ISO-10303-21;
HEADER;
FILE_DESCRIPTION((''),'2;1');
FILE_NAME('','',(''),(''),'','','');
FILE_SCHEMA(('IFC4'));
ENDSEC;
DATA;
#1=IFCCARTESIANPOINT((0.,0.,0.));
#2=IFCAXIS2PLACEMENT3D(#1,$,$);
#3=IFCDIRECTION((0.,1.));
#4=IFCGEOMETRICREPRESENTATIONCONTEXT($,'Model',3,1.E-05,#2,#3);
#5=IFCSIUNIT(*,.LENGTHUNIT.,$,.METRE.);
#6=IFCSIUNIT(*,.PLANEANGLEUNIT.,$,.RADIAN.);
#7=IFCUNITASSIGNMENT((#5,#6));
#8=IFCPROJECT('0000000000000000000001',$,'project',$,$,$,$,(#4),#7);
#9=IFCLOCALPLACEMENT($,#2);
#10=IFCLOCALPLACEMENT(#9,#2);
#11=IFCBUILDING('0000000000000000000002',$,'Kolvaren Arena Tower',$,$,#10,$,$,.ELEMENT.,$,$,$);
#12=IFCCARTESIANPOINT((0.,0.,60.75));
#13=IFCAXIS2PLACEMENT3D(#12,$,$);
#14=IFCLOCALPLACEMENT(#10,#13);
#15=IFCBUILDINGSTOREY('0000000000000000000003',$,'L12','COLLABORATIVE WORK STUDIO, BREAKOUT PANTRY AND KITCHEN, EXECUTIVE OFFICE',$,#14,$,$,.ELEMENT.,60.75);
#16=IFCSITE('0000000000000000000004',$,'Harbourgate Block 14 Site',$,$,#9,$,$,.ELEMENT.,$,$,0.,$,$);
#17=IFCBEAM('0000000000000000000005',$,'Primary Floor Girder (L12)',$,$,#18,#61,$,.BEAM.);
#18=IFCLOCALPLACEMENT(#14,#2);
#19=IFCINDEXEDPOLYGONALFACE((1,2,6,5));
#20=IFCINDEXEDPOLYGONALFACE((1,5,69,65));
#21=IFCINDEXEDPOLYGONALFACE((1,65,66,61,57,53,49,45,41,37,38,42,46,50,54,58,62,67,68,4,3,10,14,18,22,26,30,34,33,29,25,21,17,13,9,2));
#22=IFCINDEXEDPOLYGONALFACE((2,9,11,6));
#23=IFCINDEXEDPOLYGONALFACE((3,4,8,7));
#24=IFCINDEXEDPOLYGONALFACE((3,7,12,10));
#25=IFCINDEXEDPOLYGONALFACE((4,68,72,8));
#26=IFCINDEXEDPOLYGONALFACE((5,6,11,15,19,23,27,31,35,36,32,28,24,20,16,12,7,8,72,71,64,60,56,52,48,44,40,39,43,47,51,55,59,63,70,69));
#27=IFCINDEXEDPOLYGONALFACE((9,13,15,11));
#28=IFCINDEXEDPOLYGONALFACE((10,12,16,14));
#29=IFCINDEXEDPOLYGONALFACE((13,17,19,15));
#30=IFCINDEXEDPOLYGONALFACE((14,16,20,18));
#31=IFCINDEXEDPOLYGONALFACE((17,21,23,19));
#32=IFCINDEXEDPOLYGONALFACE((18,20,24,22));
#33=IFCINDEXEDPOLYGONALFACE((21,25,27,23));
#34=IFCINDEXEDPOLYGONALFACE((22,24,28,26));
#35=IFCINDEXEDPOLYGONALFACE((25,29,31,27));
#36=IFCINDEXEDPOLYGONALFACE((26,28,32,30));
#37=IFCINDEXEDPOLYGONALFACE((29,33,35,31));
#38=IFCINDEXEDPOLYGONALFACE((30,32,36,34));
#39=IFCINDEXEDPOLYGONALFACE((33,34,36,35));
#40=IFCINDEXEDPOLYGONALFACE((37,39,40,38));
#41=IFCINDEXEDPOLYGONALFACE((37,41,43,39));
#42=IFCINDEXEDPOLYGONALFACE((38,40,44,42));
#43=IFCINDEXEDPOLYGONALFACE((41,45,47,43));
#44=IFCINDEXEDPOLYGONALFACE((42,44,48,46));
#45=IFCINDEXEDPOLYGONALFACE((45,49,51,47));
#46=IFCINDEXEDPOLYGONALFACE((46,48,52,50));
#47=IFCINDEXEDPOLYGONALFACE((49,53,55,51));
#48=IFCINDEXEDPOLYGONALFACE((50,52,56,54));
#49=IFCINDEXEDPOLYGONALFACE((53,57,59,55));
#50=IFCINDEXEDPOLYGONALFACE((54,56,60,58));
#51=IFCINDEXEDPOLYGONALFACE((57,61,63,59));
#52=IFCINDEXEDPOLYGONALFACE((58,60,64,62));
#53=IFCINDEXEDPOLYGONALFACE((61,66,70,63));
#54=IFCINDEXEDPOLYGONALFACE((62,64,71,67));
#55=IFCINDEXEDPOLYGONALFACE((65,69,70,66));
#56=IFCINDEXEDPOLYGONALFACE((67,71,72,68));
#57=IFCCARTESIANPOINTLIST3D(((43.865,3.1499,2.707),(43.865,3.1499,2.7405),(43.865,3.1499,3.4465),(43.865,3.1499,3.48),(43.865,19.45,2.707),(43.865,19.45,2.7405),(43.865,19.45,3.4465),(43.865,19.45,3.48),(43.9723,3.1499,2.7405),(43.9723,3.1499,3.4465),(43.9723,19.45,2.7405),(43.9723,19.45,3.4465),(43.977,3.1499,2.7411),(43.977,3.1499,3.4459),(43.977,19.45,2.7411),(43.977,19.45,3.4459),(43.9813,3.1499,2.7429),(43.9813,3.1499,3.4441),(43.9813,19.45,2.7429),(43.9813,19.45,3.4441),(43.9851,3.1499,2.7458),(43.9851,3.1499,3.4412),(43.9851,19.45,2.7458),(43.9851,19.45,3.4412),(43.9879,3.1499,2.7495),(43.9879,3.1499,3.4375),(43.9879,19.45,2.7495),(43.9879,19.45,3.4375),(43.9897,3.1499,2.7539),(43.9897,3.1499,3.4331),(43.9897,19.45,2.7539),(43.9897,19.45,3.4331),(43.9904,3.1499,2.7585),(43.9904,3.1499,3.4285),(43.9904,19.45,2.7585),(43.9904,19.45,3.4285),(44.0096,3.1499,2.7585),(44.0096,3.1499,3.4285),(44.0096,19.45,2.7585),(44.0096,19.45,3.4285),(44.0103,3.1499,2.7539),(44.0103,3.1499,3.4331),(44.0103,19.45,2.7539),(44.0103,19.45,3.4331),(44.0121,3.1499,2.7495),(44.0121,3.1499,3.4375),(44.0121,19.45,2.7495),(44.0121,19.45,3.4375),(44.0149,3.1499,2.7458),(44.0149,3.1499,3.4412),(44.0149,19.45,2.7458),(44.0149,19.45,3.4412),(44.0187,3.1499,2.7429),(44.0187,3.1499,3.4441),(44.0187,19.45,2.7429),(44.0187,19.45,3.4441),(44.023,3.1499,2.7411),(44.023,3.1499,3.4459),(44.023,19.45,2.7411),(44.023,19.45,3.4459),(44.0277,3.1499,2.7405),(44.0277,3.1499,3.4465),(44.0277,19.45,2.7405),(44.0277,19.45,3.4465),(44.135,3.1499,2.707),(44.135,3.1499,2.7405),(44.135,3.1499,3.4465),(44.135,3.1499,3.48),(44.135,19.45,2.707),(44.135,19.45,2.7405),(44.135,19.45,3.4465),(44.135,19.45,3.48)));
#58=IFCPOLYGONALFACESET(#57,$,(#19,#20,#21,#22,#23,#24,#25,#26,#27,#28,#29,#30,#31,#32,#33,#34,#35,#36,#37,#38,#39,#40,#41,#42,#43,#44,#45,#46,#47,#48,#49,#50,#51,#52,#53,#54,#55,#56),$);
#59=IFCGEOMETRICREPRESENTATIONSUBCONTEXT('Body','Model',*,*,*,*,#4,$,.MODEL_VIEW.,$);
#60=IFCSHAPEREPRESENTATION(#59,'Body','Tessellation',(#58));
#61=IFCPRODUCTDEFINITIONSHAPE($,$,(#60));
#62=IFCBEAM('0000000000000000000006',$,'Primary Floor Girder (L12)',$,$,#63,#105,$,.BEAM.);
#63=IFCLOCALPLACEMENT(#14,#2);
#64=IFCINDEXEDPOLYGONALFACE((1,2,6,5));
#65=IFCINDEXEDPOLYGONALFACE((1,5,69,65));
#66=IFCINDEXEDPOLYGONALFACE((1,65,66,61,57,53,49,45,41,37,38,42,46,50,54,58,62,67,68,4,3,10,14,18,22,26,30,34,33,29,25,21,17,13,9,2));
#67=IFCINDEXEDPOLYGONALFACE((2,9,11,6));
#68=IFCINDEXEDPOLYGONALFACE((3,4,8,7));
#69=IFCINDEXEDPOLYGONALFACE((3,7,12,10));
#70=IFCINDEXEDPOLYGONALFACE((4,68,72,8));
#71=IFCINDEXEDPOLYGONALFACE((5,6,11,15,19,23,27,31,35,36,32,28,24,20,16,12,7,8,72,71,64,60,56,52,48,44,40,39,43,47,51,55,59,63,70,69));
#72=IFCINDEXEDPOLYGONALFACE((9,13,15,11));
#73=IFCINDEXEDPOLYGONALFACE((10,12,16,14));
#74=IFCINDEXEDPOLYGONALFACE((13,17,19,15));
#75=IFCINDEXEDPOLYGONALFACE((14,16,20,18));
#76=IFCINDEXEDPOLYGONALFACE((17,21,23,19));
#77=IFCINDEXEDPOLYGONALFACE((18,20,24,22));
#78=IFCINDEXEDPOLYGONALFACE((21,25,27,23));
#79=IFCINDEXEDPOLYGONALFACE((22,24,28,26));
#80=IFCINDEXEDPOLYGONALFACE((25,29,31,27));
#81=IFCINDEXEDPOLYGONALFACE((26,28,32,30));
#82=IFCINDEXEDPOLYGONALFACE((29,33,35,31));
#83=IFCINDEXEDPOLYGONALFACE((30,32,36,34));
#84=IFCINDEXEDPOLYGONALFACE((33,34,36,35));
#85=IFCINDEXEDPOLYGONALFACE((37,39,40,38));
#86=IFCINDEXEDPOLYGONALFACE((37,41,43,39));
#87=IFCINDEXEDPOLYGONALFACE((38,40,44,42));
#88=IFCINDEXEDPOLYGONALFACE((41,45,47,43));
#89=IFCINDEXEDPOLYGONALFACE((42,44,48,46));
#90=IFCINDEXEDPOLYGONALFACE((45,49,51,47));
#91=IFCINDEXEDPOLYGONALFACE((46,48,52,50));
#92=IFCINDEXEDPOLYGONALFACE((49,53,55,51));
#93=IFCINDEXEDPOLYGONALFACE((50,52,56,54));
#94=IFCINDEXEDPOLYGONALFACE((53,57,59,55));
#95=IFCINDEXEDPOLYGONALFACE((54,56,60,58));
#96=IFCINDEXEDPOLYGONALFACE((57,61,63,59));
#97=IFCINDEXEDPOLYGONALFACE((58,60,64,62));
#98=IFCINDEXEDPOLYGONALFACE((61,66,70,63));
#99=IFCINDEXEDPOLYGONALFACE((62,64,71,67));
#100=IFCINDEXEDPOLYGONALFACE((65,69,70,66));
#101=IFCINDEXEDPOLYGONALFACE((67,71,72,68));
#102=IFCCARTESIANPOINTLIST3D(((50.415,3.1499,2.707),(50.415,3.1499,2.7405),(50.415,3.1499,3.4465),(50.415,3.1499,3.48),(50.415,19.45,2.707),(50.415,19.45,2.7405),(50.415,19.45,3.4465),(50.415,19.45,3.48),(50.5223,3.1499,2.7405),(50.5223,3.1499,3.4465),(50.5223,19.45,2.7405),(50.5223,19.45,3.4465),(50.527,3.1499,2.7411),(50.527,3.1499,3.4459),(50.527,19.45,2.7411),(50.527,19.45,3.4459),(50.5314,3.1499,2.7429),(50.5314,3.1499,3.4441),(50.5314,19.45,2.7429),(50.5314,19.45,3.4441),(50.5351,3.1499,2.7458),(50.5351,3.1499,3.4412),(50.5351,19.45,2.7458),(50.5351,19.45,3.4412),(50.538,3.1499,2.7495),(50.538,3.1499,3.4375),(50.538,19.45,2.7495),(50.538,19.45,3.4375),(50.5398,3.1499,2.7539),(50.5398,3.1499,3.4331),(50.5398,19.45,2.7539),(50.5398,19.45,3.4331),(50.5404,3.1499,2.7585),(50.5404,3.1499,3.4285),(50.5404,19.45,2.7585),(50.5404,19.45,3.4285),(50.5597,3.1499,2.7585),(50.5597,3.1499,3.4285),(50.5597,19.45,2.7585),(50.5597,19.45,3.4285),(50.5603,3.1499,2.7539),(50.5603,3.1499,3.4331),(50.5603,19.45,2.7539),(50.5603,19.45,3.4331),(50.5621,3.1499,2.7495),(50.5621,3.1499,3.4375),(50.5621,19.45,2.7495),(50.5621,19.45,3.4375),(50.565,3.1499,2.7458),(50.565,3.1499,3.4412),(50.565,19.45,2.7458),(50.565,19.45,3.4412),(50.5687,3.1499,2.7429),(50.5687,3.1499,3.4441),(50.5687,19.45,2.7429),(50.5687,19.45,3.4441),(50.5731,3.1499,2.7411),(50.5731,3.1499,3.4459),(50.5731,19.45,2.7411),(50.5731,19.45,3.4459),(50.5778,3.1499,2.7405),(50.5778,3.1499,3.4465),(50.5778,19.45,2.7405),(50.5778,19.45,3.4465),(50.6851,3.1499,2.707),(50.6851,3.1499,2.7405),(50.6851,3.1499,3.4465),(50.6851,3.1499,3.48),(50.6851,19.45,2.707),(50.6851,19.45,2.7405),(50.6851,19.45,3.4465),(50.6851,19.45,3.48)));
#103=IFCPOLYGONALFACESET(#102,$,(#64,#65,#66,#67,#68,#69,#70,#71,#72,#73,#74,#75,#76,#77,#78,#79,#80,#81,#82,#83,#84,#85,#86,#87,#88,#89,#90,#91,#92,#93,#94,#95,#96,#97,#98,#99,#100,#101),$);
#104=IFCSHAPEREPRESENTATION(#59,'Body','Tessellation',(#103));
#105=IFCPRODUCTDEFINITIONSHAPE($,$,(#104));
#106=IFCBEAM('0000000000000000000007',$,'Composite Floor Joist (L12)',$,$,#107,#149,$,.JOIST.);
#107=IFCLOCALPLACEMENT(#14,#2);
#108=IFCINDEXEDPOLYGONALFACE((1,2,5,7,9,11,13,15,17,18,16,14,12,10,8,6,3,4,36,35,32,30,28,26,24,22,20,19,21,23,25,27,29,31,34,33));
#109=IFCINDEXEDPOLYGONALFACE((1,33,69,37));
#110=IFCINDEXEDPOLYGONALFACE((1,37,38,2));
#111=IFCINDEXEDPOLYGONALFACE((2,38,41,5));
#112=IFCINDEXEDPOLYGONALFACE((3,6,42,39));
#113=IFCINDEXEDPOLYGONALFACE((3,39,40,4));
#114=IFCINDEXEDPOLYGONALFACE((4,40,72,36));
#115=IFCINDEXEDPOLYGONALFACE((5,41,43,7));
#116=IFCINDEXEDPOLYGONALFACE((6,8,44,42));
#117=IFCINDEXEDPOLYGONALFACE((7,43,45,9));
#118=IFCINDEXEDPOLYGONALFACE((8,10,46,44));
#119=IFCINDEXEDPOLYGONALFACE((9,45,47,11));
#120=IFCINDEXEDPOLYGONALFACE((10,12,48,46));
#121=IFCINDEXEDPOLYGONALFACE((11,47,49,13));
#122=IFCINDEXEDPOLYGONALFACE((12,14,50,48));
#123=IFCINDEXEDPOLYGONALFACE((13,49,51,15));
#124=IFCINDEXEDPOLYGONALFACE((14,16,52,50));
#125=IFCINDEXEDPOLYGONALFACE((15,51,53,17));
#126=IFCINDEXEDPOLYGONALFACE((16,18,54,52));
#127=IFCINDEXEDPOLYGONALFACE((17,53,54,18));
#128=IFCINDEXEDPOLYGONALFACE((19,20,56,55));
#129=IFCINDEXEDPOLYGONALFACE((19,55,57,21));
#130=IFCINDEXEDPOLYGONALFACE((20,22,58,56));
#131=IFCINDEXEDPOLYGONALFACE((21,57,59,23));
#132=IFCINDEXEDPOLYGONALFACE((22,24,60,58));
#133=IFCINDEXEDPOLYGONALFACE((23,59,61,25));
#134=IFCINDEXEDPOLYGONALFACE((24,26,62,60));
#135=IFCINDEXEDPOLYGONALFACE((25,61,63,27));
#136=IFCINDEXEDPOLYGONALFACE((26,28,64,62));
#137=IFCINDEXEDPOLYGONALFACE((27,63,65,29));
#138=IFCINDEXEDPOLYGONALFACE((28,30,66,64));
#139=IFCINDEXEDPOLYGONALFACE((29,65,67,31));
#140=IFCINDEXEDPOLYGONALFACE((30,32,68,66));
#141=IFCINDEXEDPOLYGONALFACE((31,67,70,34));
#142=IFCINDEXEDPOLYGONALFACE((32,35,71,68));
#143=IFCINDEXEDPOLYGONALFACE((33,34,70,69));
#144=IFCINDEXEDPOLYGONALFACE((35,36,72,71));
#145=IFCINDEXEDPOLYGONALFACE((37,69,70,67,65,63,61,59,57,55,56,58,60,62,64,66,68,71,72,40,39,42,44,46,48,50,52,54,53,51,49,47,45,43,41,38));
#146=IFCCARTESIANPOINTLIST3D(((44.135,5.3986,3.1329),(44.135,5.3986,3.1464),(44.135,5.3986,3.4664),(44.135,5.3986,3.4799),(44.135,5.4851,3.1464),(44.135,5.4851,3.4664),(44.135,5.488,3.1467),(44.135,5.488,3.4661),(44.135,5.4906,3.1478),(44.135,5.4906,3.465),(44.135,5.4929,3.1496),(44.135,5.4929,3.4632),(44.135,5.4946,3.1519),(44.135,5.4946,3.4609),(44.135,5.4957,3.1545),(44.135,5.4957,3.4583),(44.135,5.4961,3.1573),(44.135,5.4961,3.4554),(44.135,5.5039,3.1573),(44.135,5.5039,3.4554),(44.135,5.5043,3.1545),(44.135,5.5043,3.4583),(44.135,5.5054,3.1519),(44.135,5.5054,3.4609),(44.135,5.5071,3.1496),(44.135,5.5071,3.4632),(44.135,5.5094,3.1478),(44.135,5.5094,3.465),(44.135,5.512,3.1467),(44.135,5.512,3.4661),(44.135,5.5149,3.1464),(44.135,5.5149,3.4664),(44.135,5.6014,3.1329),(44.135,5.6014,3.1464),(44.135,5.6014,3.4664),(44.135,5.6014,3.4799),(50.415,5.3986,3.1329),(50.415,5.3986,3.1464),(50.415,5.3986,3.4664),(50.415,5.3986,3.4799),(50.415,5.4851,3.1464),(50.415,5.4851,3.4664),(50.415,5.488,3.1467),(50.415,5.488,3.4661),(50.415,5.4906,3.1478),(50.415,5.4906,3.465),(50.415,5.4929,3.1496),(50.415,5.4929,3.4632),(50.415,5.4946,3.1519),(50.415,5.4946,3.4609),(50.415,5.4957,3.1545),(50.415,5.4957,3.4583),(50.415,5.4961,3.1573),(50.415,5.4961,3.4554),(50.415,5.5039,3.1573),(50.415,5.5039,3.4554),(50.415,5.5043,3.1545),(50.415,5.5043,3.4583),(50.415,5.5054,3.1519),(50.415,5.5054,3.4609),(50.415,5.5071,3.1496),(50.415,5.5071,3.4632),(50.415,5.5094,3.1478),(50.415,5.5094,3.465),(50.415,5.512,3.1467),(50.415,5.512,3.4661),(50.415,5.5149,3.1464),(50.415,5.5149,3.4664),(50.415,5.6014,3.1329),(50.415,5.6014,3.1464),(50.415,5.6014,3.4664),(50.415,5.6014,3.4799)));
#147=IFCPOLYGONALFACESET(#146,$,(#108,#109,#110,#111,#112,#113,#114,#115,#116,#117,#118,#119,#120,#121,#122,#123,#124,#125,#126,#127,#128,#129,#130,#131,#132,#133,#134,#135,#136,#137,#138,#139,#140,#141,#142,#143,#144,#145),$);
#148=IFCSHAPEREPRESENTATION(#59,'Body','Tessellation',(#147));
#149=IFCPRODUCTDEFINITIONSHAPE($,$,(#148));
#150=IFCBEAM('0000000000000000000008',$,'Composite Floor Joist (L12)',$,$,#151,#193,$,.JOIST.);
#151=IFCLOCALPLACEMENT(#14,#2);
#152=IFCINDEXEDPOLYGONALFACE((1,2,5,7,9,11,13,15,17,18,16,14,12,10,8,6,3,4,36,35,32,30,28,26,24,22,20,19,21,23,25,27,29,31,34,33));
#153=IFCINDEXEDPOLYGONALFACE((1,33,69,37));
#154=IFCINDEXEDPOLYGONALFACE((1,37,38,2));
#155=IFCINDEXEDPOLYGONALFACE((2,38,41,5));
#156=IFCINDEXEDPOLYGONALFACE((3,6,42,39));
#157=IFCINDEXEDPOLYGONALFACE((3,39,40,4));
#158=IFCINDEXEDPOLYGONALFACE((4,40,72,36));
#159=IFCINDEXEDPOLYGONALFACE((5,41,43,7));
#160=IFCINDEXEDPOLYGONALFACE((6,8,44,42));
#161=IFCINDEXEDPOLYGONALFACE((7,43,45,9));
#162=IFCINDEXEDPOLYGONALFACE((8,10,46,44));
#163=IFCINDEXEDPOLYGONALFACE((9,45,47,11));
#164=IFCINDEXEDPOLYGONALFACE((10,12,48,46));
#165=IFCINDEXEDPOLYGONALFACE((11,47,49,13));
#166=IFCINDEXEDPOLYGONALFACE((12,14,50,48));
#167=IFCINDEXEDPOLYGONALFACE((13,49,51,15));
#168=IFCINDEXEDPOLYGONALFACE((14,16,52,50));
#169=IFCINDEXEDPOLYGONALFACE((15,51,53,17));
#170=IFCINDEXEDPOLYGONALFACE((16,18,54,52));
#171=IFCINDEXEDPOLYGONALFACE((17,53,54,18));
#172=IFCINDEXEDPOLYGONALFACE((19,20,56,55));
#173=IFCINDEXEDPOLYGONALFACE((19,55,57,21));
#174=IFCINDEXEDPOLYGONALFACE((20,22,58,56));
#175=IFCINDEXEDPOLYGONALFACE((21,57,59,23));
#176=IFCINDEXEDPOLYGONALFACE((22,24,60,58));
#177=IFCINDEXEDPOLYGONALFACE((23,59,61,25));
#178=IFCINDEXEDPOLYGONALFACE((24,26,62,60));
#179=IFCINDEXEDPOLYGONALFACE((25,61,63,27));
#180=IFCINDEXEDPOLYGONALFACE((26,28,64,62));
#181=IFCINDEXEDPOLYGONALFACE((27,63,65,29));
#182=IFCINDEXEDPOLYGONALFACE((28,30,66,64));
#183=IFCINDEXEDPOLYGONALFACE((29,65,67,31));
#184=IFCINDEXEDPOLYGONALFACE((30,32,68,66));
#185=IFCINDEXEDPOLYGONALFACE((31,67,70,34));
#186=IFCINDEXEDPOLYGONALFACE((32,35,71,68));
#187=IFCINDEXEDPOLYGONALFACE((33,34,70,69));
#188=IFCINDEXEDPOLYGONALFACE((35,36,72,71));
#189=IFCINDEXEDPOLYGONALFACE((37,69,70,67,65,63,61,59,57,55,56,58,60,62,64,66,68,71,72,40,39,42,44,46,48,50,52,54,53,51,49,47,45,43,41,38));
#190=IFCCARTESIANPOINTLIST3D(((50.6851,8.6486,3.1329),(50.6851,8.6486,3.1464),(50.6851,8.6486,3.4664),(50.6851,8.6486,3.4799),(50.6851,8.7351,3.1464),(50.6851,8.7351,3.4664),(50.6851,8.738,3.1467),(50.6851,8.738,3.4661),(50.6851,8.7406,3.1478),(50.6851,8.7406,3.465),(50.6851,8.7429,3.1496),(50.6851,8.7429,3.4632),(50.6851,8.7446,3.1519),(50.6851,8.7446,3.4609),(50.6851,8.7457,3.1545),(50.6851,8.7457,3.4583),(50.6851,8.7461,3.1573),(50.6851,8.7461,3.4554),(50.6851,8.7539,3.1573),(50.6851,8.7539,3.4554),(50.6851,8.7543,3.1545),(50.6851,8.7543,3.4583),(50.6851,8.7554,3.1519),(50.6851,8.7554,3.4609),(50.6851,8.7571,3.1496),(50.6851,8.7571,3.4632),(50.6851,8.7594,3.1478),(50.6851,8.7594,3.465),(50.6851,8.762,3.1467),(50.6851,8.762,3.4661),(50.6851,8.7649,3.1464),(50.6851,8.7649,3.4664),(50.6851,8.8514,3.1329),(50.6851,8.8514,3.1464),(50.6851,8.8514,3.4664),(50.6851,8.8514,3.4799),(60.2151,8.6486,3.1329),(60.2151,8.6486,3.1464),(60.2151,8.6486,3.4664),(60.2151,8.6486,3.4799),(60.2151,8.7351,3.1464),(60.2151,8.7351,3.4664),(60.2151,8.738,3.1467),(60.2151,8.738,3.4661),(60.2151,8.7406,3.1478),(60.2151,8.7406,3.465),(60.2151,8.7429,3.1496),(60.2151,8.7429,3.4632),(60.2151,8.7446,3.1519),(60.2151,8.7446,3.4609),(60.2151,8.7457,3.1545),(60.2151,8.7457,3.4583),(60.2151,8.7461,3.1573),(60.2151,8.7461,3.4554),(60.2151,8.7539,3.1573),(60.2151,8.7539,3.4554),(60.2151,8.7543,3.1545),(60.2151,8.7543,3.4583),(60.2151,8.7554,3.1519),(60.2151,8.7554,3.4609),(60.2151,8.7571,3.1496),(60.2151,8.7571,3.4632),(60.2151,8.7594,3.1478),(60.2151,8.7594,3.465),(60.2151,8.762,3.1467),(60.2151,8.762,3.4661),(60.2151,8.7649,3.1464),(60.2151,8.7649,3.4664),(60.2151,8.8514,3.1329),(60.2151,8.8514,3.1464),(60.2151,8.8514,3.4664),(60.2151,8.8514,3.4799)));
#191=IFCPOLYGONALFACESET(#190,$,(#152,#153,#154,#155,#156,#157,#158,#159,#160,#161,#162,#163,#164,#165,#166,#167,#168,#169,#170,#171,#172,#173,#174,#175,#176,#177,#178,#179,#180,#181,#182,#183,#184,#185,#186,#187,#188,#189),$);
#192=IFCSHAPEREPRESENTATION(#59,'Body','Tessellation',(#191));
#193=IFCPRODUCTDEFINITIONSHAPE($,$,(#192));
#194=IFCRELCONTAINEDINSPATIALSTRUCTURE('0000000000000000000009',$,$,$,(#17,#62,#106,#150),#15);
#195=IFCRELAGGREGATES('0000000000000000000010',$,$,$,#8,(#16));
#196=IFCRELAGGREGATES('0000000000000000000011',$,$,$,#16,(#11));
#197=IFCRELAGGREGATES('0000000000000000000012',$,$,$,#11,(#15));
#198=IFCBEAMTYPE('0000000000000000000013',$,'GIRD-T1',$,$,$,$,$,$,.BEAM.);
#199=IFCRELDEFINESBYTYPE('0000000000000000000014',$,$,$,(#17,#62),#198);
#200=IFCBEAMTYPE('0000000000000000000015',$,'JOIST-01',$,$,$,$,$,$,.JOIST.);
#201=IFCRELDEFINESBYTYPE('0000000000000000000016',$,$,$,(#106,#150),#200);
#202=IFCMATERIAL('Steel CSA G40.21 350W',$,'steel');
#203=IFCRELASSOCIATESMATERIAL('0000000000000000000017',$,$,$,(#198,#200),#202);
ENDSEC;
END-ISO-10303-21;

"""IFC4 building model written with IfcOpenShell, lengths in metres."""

from ifc_helpers import new_model, si_unit, direction, frame, origin, origin_2d, place, context, subcontext, project, spatial, i_section, extrude, material, material_profile, profile_set, type_object, element, save


model = new_model("IFC4")

# Units and contexts
model_context = context("Model", 3, precision=1e-05, world=origin(), true_north=direction((0.0, 1.0)))
body_context = subcontext(model_context, "Body", "Model", "MODEL_VIEW")
ifc_project = project(units=[si_unit("LENGTHUNIT", "METRE"), si_unit("PLANEANGLEUNIT", "RADIAN")], contexts=[model_context])

# Site, building, storey
site_placement = place(None, origin())
site = spatial("IfcSite", under=ifc_project, at=site_placement, Name="Harbourgate Block 14 Site", CompositionType="ELEMENT", RefElevation=0.0)
building_placement = place(site_placement, origin())
building = spatial("IfcBuilding", under=site, at=building_placement, Name="Kolvaren Arena Tower", CompositionType="ELEMENT")
storey_placement = place(building_placement, frame((0.0, 0.0, 60.75)))
storey = spatial("IfcBuildingStorey", under=building, at=storey_placement, Name="L12", Description="COLLABORATIVE WORK STUDIO, BREAKOUT PANTRY AND KITCHEN, EXECUTIVE OFFICE", CompositionType="ELEMENT", Elevation=60.75)

# Beams
ifc_material_1 = material(Name="Steel CSA G40.21 350W", Category="steel")
ifc_material_profile_1 = material_profile(ifc_material_1, i_section(OverallWidth=0.27, OverallDepth=0.7729, WebThickness=0.0193, FlangeThickness=0.0334, FilletRadius=0.0181, at=origin_2d()), Name="W760x257")
ifc_profile_set_1 = profile_set([ifc_material_profile_1], Name="Steel CSA G40.21 350W")
beam_type_1 = type_object("IfcBeamType", Name="GIRD-T1", PredefinedType="BEAM", material=ifc_profile_set_1)
for number, where, z_axis, x_axis, name in (
    (1, (44.0, 3.1499, 3.0935), (0.0, 1.0, 0.0), (-1.0, 0.0, 0.0), "Primary Floor Girder (L12)"),
    (2, (50.55, 3.1499, 3.0935), (0.0, 1.0, 0.0), (-1.0, 0.0, 0.0), "Primary Floor Girder (L12)"),
):
    element("IfcBeam", number, at=place(storey_placement, frame(where, z_axis=z_axis, x_axis=x_axis)), inside=storey, type_object=beam_type_1, Name=name, PredefinedType="BEAM", context=body_context, shape_type="SweptSolid", body=[
        extrude(i_section(OverallWidth=0.27, OverallDepth=0.7729, WebThickness=0.0193, FlangeThickness=0.0334, FilletRadius=0.0181, at=origin_2d()), origin(), (0.0, 0.0, 1.0), 16.3),
    ])
ifc_material_profile_2 = material_profile(ifc_material_1, i_section(OverallWidth=0.2029, OverallDepth=0.3469, WebThickness=0.0078, FlangeThickness=0.0134, FilletRadius=0.011, at=origin_2d()), Name="W360x64")
ifc_profile_set_2 = profile_set([ifc_material_profile_2], Name="Steel CSA G40.21 350W")
beam_type_2 = type_object("IfcBeamType", Name="JOIST-01", PredefinedType="JOIST", material=ifc_profile_set_2)
beam_1_placement = place(storey_placement, frame((44.135, 5.5, 3.3064), z_axis=(1.0, 0.0, 0.0), x_axis=(0.0, 1.0, 0.0)))
element("IfcBeam", 3, at=beam_1_placement, inside=storey, type_object=beam_type_2, Name="Composite Floor Joist (L12)", PredefinedType="JOIST", context=body_context, shape_type="SweptSolid", body=[
    extrude(i_section(OverallWidth=0.2029, OverallDepth=0.3469, WebThickness=0.0078, FlangeThickness=0.0134, FilletRadius=0.011, at=origin_2d()), origin(), (0.0, 0.0, 1.0), 6.28),
])
beam_2_placement = place(storey_placement, frame((50.6851, 8.75, 3.3064), z_axis=(1.0, 0.0, 0.0), x_axis=(0.0, 1.0, 0.0)))
element("IfcBeam", 4, at=beam_2_placement, inside=storey, type_object=beam_type_2, Name="Composite Floor Joist (L12)", PredefinedType="JOIST", context=body_context, shape_type="SweptSolid", body=[
    extrude(i_section(OverallWidth=0.2029, OverallDepth=0.3469, WebThickness=0.0078, FlangeThickness=0.0134, FilletRadius=0.011, at=origin_2d()), origin(), (0.0, 0.0, 1.0), 9.53),
])

save(model, "model.ifc")
